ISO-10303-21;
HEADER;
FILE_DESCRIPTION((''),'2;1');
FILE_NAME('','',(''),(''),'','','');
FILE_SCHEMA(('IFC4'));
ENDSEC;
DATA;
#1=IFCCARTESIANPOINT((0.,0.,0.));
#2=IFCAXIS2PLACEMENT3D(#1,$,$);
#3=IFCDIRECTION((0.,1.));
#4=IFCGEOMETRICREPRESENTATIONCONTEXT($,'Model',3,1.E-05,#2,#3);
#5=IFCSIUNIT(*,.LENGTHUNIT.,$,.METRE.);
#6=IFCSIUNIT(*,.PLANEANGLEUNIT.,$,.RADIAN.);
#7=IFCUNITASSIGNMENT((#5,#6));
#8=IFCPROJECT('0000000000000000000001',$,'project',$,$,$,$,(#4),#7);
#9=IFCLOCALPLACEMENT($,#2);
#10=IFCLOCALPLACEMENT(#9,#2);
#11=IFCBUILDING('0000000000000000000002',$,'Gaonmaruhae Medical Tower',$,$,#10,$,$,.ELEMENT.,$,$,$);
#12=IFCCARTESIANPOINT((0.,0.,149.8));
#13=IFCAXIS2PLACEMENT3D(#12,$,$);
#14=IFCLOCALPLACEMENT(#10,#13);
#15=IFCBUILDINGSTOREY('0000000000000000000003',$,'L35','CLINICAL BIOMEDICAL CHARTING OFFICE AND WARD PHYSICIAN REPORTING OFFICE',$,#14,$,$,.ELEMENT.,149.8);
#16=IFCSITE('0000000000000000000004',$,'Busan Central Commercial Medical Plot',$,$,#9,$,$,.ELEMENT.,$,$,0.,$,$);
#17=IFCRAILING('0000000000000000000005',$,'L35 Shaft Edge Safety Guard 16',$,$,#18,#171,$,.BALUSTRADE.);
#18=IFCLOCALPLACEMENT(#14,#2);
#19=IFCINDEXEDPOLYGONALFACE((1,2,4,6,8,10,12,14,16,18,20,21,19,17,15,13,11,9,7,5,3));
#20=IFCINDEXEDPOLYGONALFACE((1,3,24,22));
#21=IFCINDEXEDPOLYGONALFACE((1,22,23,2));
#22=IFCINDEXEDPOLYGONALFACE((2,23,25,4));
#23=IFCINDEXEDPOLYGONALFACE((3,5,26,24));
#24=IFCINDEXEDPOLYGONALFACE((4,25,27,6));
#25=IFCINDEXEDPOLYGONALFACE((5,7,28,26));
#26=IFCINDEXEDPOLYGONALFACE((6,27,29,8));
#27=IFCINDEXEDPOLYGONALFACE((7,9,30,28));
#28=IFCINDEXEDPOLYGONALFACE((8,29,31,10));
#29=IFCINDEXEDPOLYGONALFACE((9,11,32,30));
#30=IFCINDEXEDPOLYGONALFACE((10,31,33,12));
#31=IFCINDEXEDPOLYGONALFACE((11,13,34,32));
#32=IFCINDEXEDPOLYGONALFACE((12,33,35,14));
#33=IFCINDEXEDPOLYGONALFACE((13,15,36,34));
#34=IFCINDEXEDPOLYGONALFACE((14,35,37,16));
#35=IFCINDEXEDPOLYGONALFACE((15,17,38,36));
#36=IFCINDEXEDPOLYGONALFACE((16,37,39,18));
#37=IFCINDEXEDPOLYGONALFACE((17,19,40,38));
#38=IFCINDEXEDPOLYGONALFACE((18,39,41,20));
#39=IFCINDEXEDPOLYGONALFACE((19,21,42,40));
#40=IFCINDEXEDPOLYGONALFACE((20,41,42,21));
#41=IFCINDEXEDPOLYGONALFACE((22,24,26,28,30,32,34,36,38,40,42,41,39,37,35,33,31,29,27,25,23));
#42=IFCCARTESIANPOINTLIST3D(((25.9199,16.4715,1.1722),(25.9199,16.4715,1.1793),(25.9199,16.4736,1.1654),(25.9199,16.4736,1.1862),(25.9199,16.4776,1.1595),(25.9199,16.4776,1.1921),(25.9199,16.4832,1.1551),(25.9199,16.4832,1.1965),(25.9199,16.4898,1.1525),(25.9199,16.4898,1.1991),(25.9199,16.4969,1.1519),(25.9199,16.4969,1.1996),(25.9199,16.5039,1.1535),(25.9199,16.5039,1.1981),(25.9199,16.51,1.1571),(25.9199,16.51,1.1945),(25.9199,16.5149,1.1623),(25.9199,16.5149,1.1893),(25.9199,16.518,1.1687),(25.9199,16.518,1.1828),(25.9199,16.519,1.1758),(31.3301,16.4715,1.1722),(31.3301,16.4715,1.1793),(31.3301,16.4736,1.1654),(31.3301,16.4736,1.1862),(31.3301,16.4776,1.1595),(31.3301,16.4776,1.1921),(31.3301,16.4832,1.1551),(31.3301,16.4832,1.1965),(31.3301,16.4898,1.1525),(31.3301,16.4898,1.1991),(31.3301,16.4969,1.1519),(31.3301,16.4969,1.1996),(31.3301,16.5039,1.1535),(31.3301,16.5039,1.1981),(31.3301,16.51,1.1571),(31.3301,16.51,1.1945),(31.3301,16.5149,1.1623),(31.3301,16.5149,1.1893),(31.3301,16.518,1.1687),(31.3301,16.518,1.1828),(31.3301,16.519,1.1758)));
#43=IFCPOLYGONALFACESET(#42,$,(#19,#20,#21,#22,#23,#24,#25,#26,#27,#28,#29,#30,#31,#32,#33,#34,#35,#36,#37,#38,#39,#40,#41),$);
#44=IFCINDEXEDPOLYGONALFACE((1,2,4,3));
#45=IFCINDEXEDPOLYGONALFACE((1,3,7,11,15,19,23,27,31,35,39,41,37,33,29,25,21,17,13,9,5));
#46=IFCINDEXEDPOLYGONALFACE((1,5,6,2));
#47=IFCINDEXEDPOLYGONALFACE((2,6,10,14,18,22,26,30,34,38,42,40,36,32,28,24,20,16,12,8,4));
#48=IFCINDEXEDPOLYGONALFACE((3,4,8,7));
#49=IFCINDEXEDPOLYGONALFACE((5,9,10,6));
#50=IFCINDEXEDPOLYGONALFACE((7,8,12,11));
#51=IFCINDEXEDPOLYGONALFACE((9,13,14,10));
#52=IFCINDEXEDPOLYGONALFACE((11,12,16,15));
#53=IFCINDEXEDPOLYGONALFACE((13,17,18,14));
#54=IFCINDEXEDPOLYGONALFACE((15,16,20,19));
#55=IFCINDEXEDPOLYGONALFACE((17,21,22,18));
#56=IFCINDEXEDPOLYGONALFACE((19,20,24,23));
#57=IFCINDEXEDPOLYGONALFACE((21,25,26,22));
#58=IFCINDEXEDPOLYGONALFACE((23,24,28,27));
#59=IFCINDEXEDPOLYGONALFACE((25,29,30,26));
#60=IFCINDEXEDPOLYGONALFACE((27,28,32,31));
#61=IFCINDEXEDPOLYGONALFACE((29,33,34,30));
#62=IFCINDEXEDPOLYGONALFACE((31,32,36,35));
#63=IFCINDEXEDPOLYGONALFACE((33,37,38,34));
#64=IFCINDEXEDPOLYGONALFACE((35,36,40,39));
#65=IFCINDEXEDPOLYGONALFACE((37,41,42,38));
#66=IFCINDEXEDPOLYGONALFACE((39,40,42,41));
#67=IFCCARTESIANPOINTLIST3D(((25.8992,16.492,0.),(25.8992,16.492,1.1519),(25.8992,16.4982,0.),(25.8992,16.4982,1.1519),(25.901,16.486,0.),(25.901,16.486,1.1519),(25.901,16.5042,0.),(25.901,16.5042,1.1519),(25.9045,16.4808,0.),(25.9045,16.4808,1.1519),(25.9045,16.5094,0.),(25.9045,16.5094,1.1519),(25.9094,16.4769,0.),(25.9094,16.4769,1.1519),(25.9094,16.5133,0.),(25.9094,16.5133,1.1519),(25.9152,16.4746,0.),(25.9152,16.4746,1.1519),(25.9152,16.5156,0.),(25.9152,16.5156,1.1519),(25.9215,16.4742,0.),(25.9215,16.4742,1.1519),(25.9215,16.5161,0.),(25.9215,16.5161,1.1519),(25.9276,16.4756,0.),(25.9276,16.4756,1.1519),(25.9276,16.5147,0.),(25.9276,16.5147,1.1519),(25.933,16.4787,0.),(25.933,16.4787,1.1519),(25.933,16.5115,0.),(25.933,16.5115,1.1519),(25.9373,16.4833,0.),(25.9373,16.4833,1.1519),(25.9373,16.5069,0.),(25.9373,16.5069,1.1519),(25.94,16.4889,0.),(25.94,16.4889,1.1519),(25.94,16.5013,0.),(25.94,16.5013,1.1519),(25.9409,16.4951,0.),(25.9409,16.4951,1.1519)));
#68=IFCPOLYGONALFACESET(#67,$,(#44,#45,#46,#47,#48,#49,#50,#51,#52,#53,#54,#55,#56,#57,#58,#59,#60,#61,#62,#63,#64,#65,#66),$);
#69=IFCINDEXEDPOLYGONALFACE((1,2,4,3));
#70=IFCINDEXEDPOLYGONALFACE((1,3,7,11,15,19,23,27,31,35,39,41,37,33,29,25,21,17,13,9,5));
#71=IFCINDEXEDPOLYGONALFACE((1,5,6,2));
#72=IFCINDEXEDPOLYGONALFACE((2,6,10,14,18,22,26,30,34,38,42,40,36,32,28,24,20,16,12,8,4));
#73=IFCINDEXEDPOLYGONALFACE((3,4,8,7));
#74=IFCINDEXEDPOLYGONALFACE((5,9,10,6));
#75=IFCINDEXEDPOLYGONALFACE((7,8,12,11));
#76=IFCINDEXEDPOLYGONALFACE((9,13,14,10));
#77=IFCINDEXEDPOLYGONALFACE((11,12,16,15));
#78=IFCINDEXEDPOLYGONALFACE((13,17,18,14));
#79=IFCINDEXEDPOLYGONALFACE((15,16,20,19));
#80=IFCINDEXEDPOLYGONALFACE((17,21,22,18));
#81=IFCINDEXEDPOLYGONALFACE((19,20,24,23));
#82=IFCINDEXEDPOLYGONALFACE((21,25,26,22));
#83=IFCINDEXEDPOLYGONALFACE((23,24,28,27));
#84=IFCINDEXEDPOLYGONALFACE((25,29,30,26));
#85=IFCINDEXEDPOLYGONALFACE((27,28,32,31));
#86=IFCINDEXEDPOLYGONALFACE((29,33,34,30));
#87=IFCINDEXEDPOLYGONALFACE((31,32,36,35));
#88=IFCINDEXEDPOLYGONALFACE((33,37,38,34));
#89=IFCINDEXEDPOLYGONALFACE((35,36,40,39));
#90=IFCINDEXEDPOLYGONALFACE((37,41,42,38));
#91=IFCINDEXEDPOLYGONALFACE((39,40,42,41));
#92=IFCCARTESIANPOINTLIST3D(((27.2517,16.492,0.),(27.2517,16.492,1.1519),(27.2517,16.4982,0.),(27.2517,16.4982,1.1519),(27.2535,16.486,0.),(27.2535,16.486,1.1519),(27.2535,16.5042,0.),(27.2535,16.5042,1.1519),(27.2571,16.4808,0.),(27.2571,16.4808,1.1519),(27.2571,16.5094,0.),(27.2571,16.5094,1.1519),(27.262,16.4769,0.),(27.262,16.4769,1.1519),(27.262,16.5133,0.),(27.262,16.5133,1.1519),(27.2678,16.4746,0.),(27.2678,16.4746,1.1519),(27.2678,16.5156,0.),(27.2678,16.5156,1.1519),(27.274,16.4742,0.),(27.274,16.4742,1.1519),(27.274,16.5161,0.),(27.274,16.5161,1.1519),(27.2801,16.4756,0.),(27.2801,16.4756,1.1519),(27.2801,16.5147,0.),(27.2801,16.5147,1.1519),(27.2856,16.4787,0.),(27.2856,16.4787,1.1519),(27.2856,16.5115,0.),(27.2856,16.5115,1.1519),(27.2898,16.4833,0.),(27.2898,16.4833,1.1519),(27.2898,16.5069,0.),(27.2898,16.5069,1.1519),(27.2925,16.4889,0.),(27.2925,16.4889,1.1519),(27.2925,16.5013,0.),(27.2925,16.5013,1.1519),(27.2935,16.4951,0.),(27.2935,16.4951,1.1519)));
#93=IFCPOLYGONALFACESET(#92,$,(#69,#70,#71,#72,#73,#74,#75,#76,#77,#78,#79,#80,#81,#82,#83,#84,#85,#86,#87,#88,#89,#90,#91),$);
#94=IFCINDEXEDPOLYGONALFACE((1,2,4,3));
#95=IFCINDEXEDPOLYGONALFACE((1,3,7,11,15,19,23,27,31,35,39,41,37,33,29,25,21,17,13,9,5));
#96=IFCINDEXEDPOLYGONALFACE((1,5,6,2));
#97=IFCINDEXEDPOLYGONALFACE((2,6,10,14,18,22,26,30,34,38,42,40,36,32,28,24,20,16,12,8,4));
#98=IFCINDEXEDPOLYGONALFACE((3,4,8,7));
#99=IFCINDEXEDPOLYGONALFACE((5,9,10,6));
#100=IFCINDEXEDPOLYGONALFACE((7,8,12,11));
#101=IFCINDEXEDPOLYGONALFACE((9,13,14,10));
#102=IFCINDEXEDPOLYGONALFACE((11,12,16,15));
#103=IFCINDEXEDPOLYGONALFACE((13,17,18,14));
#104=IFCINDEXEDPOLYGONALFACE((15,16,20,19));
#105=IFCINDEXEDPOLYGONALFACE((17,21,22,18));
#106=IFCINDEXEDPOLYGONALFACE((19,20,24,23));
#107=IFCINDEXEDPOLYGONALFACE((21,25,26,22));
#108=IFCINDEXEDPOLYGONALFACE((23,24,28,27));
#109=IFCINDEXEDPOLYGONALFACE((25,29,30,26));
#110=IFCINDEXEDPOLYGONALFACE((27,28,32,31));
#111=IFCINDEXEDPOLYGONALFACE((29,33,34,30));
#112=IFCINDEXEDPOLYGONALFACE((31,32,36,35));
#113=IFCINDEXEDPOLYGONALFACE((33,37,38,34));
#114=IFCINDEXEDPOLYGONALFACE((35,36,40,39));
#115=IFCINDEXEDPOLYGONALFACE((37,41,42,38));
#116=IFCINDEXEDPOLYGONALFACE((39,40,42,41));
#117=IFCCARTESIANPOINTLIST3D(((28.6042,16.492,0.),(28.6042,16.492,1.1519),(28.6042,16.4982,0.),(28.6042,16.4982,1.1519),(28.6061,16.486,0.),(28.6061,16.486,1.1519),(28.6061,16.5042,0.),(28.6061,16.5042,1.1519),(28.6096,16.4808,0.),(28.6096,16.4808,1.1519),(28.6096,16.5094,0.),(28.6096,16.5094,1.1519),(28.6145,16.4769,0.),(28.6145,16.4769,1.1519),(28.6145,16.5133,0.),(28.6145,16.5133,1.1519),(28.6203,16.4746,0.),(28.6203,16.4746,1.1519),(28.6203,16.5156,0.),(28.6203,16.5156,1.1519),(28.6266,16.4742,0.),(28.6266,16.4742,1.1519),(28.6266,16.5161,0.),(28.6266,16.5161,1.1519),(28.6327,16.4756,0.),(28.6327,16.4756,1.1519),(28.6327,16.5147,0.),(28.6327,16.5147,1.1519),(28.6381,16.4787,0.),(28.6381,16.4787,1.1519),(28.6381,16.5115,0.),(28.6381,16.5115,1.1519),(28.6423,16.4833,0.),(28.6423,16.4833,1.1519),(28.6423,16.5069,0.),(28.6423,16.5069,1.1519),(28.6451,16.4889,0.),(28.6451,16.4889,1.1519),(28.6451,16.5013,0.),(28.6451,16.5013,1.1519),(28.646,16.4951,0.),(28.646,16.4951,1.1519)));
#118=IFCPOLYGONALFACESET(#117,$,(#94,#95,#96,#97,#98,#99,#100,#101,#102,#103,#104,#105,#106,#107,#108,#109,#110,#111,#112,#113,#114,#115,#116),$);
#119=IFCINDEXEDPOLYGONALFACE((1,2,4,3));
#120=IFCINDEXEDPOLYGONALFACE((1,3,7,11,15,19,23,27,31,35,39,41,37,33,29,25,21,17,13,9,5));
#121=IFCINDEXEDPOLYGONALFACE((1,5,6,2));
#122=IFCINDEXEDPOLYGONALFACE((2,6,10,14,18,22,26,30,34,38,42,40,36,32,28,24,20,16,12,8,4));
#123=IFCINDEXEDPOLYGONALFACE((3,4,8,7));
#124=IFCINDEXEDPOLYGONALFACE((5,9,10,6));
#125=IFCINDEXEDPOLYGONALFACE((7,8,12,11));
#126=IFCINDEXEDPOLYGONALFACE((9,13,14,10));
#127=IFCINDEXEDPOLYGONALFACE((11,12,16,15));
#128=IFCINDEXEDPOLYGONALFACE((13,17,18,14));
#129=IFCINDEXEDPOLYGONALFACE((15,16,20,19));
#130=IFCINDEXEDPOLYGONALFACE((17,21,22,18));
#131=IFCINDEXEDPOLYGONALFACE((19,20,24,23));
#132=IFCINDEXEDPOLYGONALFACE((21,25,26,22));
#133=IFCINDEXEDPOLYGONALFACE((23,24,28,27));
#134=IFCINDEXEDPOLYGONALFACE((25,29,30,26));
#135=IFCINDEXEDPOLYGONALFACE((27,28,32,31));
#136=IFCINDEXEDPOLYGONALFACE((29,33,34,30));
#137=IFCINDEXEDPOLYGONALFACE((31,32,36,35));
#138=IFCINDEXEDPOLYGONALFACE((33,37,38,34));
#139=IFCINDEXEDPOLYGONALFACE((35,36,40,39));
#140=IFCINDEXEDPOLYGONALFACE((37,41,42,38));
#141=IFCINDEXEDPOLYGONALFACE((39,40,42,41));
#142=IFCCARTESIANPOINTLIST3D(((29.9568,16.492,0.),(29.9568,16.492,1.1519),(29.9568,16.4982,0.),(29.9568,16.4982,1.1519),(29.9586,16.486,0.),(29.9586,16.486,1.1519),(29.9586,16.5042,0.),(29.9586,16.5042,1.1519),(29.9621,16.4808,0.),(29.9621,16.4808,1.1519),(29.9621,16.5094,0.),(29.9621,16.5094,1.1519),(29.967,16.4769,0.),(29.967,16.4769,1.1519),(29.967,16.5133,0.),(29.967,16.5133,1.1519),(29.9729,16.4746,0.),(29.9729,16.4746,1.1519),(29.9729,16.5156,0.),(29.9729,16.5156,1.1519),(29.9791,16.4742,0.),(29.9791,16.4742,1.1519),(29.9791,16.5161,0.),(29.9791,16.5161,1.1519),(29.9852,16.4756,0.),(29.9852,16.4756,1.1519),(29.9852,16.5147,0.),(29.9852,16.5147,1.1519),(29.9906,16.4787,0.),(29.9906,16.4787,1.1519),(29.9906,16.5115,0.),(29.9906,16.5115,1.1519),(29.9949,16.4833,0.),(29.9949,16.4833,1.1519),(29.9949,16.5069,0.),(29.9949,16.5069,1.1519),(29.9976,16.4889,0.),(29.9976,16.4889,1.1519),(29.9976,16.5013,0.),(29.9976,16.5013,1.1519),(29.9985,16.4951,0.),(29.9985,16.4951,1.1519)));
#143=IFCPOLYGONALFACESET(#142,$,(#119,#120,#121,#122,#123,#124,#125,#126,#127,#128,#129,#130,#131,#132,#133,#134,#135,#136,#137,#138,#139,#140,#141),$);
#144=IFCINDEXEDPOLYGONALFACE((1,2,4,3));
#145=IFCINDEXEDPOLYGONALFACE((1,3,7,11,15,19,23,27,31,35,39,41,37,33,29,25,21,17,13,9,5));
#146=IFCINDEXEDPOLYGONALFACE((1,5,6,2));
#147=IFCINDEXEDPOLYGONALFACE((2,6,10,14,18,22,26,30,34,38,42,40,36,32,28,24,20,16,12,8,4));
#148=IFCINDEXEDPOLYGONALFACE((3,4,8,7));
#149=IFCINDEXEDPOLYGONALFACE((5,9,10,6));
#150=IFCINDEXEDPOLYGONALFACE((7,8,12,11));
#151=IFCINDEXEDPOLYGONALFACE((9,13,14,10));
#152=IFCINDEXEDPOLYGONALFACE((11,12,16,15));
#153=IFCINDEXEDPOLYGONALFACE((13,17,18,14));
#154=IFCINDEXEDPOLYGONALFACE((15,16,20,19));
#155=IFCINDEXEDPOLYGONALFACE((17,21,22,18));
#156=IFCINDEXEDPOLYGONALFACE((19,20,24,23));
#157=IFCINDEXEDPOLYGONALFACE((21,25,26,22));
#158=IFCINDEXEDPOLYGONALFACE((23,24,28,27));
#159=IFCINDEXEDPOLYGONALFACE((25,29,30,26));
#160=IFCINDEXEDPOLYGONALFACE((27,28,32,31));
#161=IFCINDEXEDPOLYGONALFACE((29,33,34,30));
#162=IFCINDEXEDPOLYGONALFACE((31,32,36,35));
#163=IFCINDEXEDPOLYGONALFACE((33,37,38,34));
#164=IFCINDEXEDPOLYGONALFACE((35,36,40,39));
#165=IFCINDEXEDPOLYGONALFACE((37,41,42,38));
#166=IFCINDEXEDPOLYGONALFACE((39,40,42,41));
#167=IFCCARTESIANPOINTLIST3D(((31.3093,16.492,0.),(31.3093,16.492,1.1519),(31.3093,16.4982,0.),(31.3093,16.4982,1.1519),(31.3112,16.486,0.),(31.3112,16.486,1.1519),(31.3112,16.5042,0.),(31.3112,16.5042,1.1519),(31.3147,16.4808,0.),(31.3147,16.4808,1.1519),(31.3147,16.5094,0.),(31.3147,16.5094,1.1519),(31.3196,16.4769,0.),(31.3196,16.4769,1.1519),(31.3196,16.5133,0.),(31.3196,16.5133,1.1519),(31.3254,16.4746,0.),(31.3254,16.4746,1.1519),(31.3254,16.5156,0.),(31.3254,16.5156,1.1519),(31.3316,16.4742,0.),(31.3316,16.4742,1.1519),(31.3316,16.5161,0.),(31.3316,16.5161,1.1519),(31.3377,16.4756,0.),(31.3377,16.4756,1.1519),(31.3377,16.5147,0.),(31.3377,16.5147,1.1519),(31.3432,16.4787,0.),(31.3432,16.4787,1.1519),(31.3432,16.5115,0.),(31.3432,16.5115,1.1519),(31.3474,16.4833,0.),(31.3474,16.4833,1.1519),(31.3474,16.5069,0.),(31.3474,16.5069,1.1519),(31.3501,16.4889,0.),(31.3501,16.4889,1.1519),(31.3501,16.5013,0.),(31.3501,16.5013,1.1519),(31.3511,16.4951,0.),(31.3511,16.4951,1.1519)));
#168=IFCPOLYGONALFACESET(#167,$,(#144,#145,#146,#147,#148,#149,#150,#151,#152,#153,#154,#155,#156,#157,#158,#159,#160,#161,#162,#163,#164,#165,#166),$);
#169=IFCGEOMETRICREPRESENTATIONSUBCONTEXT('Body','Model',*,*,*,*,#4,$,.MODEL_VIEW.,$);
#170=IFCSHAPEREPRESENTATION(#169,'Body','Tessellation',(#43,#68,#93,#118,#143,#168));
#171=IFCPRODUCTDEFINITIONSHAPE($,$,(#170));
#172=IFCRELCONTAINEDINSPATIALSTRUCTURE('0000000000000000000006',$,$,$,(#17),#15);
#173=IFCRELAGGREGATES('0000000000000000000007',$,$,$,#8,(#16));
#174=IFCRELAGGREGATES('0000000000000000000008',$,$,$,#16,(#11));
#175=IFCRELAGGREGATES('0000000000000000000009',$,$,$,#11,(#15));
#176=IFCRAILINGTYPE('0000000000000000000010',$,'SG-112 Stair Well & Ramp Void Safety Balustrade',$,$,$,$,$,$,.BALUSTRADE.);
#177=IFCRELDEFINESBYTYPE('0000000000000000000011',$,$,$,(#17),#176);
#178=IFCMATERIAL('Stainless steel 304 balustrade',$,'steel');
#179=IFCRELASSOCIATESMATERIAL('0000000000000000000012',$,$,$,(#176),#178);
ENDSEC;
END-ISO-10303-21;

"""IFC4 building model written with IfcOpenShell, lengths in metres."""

from ifc_helpers import new_model, si_unit, direction, frame, origin, origin_2d, place, context, subcontext, project, spatial, circle, extrude, material, type_object, element, save


model = new_model("IFC4")

# Units and contexts
model_context = context("Model", 3, precision=1e-05, world=origin(), true_north=direction((0.0, 1.0)))
body_context = subcontext(model_context, "Body", "Model", "MODEL_VIEW")
ifc_project = project(units=[si_unit("LENGTHUNIT", "METRE"), si_unit("PLANEANGLEUNIT", "RADIAN")], contexts=[model_context])

# Site, building, storey
site_placement = place(None, origin())
site = spatial("IfcSite", under=ifc_project, at=site_placement, Name="Busan Central Commercial Medical Plot", CompositionType="ELEMENT", RefElevation=0.0)
building_placement = place(site_placement, origin())
building = spatial("IfcBuilding", under=site, at=building_placement, Name="Gaonmaruhae Medical Tower", CompositionType="ELEMENT")
storey_placement = place(building_placement, frame((0.0, 0.0, 149.8)))
storey = spatial("IfcBuildingStorey", under=building, at=storey_placement, Name="L35", Description="CLINICAL BIOMEDICAL CHARTING OFFICE AND WARD PHYSICIAN REPORTING OFFICE", CompositionType="ELEMENT", Elevation=149.8)

# Railing
ifc_material_1 = material(Name="Stainless steel 304 balustrade", Category="steel")
railing_type = type_object("IfcRailingType", Name="SG-112 Stair Well & Ramp Void Safety Balustrade", PredefinedType="BALUSTRADE", material=ifc_material_1)
railing_1_placement = place(storey_placement, frame((25.9199, 16.4951, 0.0)))
element("IfcRailing", 1, at=railing_1_placement, inside=storey, type_object=railing_type, Name="L35 Shaft Edge Safety Guard 16", PredefinedType="BALUSTRADE", context=body_context, shape_type="SweptSolid", body=[
    extrude(circle(Radius=0.0239, at=origin_2d()), frame((0.0, 0.0, 1.1758), z_axis=(1.0, 0.0, 0.0), x_axis=(0.0, 1.0, 0.0)), (0.0, 0.0, 1.0), 5.4102),
    extrude(circle(Radius=0.021, at=origin_2d()), origin(), (0.0, 0.0, 1.0), 1.1519),
    extrude(circle(Radius=0.021, at=origin_2d()), frame((1.3525, 0.0, 0.0)), (0.0, 0.0, 1.0), 1.1519),
    extrude(circle(Radius=0.021, at=origin_2d()), frame((2.7051, 0.0, 0.0)), (0.0, 0.0, 1.0), 1.1519),
    extrude(circle(Radius=0.021, at=origin_2d()), frame((4.0576, 0.0, 0.0)), (0.0, 0.0, 1.0), 1.1519),
    extrude(circle(Radius=0.021, at=origin_2d()), frame((5.4102, 0.0, 0.0)), (0.0, 0.0, 1.0), 1.1519),
])

save(model, "model.ifc")
